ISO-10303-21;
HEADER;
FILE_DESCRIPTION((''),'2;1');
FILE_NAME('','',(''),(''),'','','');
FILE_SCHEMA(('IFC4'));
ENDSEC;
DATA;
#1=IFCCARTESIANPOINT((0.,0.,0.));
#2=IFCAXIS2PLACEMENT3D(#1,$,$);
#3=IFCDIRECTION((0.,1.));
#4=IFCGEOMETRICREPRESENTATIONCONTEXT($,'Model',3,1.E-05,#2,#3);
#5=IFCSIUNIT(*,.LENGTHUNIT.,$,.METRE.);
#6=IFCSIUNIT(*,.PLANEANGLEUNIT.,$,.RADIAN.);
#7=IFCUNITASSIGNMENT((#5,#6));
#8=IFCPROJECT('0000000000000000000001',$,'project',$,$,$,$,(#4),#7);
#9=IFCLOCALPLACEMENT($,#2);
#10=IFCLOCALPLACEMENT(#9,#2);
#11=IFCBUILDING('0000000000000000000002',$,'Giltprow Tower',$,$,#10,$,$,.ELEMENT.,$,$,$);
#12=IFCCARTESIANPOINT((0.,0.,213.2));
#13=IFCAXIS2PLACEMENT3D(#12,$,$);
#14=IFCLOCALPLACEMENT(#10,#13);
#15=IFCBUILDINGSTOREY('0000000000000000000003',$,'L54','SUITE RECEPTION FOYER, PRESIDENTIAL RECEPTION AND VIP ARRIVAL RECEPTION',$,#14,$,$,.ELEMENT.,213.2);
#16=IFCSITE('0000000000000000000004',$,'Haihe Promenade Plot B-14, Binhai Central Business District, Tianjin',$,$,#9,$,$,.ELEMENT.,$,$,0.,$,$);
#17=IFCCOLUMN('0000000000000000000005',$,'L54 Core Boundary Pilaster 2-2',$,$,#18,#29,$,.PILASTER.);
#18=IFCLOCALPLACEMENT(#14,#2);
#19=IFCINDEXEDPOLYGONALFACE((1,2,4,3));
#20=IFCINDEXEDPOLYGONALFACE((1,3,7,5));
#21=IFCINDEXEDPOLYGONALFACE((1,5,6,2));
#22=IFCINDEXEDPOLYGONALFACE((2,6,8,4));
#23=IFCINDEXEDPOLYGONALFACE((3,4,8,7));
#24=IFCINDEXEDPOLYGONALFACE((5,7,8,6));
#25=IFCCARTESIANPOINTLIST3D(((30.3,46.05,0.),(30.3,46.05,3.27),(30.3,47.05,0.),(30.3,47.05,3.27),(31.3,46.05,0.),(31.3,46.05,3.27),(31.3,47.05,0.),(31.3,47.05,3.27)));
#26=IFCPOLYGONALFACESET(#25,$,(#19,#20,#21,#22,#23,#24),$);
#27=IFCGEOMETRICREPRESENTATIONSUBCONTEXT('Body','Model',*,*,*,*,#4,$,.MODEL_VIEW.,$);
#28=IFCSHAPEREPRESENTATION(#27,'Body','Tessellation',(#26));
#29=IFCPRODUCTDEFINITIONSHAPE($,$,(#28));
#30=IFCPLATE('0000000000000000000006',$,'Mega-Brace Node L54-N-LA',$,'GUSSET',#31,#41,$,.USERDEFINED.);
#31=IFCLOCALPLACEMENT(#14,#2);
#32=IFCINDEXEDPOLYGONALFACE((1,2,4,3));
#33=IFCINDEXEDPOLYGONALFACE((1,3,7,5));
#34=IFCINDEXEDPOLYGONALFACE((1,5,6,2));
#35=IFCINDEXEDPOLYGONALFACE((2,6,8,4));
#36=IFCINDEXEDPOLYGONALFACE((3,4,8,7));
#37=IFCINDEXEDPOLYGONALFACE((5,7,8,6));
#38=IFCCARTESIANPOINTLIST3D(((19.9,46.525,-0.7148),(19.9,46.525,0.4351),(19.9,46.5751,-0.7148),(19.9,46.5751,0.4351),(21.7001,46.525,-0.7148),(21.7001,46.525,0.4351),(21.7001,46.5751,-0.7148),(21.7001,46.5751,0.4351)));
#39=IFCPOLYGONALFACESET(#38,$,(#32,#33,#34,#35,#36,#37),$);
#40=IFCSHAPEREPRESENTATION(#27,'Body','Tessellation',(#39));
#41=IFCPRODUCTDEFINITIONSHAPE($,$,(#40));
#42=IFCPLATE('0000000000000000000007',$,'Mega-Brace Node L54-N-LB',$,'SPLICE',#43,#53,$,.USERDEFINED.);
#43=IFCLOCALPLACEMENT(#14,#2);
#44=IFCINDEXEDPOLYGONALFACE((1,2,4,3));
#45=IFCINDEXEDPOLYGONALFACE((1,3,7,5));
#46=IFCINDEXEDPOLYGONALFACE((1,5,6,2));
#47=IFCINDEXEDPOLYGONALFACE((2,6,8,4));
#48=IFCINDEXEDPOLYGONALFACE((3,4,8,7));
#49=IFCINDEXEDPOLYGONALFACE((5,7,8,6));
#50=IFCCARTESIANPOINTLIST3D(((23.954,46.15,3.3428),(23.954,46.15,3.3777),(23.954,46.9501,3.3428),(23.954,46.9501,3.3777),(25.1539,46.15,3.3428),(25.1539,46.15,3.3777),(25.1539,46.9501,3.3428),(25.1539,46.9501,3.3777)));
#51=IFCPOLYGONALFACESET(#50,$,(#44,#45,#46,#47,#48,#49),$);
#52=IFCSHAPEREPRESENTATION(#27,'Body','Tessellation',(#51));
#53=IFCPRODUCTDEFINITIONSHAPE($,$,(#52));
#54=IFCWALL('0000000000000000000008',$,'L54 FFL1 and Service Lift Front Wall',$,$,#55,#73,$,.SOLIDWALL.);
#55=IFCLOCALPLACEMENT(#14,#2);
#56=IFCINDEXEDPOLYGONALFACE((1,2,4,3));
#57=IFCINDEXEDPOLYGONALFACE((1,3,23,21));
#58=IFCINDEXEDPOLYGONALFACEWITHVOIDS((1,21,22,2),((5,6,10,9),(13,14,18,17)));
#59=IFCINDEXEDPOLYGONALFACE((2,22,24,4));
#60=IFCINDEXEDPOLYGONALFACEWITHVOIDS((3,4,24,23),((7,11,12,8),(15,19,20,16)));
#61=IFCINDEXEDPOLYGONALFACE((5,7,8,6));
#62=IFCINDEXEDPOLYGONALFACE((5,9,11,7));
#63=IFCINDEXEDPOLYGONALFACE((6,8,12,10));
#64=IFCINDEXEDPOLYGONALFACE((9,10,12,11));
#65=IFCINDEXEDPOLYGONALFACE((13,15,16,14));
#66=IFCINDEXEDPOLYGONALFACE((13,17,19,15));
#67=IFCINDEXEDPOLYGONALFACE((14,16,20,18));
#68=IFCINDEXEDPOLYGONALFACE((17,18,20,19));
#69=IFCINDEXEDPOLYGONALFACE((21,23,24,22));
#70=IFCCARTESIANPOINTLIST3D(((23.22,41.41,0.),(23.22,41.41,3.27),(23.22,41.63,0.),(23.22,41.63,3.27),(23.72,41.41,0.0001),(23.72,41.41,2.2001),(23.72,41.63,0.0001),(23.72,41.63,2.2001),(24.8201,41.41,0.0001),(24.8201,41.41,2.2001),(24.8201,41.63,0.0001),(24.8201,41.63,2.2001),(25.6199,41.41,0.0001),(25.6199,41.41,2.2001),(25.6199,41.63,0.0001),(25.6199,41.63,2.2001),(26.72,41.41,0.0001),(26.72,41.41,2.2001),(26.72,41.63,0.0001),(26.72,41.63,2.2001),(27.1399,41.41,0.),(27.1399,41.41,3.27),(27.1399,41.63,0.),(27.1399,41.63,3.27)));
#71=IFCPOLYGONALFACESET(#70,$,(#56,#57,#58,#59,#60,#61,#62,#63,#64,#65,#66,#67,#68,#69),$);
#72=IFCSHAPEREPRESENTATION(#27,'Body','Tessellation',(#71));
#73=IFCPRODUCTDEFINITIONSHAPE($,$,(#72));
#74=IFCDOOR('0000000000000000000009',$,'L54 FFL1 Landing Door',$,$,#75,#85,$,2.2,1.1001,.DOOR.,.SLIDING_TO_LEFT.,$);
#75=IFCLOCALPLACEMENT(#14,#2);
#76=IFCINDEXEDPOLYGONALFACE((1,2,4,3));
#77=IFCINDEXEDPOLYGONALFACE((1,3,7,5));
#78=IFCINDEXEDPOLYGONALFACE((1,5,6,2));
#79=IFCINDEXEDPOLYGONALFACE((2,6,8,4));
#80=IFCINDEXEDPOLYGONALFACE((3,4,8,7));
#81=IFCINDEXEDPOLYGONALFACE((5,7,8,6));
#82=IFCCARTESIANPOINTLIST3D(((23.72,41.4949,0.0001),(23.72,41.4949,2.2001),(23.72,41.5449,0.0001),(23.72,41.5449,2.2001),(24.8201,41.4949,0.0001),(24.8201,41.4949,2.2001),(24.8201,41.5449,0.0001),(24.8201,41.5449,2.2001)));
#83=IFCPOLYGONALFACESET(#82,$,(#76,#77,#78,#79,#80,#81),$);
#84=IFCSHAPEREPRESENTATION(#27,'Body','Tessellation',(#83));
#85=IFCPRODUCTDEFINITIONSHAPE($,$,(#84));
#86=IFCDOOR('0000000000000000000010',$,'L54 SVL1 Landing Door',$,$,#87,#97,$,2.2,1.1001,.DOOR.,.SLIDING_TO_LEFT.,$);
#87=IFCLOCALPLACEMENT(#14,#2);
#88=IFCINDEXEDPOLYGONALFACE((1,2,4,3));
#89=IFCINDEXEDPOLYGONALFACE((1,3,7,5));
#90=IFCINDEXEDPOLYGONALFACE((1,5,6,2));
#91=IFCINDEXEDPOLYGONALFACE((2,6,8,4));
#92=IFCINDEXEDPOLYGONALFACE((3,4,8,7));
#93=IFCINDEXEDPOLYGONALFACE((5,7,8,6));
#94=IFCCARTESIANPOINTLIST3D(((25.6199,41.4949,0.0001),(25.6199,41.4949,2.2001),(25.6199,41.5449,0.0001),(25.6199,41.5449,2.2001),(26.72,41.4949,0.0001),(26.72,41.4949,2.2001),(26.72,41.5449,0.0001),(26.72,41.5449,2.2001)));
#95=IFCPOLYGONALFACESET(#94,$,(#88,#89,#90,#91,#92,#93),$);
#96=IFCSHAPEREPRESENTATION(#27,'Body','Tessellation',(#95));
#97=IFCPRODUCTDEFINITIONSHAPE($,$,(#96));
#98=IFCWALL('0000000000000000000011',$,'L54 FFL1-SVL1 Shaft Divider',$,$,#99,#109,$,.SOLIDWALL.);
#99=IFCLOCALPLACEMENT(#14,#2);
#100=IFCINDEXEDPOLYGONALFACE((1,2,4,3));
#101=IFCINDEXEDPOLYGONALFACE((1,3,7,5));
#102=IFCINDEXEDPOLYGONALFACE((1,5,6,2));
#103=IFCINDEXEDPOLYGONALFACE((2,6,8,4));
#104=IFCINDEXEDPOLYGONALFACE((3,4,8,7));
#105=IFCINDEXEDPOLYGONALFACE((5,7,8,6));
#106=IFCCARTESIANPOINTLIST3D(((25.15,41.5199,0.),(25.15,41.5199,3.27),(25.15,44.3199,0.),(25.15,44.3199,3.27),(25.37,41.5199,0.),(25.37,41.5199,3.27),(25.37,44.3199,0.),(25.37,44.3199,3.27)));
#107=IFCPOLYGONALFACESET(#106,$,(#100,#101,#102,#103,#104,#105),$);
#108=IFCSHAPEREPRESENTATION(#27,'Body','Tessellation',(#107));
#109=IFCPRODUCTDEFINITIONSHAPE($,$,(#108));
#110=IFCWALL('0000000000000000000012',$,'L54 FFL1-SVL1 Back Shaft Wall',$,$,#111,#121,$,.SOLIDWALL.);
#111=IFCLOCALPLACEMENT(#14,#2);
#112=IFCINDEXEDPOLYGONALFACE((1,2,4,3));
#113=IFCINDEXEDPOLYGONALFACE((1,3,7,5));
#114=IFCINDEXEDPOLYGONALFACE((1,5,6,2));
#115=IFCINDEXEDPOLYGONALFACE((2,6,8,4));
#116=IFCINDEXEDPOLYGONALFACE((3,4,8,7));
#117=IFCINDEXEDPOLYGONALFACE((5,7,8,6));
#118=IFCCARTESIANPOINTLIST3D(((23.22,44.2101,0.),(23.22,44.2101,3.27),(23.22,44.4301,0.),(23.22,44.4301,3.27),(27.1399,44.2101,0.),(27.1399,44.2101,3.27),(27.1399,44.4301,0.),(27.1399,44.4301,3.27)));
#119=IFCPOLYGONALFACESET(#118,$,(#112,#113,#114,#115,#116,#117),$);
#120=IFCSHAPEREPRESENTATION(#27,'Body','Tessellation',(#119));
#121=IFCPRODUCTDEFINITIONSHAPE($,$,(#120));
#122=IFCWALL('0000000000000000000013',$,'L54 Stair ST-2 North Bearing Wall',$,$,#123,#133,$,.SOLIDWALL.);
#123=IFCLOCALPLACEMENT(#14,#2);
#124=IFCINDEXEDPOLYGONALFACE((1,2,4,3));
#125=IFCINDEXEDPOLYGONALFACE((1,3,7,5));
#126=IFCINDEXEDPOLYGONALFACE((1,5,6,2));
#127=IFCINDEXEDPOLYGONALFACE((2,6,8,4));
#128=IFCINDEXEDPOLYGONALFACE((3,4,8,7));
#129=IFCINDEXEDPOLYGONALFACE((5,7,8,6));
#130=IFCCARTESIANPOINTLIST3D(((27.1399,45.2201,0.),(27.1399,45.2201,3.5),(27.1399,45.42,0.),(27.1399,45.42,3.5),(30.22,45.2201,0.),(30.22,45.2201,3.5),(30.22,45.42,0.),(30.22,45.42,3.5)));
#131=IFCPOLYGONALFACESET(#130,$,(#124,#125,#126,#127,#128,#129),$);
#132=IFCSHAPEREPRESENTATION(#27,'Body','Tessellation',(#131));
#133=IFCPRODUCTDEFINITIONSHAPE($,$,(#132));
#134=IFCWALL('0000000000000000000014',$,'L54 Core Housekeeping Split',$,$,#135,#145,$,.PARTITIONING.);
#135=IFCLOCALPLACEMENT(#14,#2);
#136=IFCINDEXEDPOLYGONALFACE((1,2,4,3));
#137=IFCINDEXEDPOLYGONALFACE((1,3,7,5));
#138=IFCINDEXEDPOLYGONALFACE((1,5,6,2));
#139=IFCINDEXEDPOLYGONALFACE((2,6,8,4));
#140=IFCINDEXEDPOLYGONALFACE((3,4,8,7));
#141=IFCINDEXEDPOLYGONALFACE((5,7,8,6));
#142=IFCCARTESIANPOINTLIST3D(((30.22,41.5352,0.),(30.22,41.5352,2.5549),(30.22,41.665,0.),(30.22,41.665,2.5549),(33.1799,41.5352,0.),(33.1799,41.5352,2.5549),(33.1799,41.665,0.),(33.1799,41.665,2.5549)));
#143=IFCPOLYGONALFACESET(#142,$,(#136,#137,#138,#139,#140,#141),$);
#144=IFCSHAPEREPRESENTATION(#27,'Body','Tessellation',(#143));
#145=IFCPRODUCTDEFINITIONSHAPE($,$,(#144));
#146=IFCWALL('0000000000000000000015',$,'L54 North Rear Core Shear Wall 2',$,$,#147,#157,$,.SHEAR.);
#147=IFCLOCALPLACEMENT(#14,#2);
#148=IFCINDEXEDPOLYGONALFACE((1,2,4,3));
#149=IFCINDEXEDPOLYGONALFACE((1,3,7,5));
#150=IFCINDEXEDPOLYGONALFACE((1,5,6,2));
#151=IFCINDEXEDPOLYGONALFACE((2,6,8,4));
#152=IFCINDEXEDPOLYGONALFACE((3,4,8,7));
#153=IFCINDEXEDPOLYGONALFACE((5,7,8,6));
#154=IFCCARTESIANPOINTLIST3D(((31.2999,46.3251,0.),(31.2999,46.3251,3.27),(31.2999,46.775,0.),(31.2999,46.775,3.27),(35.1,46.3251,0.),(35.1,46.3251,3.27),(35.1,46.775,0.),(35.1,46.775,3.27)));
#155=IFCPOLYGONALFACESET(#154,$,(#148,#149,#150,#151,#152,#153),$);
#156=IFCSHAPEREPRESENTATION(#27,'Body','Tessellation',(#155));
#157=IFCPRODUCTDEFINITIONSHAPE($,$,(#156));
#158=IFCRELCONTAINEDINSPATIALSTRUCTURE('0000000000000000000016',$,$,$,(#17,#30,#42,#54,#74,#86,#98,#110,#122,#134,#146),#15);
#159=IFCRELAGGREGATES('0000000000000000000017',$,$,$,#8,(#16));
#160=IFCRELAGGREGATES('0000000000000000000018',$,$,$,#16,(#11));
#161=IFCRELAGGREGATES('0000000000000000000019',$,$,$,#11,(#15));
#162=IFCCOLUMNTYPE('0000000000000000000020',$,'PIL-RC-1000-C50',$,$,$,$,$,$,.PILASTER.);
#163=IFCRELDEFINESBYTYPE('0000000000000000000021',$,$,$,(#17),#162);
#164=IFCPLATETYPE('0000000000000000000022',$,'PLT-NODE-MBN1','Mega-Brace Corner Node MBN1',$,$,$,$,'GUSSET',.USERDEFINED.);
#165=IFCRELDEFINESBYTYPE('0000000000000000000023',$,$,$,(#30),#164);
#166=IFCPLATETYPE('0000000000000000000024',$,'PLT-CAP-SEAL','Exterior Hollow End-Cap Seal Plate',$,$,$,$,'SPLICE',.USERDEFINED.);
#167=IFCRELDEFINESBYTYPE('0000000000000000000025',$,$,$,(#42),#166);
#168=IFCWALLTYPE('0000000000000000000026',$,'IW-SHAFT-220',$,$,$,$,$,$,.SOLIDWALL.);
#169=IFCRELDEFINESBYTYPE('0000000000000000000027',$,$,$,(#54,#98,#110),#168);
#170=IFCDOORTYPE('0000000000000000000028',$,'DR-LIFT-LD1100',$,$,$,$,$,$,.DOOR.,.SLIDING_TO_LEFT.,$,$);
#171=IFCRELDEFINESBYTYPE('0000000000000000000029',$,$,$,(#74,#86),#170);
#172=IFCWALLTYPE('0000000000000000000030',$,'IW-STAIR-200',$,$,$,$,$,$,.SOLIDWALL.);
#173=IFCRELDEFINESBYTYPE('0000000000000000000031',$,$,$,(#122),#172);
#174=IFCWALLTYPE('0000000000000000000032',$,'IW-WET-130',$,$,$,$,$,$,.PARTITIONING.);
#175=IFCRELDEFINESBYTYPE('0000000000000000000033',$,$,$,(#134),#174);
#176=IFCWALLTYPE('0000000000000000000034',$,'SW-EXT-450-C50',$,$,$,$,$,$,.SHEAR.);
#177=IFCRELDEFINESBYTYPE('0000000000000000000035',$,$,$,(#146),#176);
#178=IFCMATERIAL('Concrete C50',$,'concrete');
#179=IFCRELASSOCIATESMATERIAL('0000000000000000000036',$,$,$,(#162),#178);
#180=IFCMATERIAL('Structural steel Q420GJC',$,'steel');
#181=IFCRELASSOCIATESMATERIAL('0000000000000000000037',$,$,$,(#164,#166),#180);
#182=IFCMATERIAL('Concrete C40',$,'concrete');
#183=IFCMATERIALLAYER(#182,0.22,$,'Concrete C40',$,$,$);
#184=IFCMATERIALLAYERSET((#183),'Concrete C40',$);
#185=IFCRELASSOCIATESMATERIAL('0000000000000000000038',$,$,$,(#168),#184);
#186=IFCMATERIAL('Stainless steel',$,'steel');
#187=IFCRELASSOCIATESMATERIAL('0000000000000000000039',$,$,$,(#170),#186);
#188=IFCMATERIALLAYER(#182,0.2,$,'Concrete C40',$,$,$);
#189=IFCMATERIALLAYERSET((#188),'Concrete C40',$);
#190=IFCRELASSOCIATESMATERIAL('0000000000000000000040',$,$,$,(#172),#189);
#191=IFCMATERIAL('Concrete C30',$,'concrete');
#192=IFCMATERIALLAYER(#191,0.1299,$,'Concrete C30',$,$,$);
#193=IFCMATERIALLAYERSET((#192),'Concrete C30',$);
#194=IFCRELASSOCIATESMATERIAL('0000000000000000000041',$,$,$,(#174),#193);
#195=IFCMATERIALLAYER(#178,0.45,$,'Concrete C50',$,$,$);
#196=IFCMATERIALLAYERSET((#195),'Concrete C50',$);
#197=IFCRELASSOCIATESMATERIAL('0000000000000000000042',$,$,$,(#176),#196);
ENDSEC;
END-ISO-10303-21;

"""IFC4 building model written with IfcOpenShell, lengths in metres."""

from ifc_helpers import new_model, si_unit, direction, frame, frame_2d, origin, origin_2d, place, context, subcontext, project, spatial, rectangle, extrude, source, transform, mapped, material, layer, layer_set, material_profile, profile_set, type_object, element, fill, save


model = new_model("IFC4")

# Units and contexts
model_context = context("Model", 3, precision=1e-05, world=origin(), true_north=direction((0.0, 1.0)))
body_context = subcontext(model_context, "Body", "Model", "MODEL_VIEW")
ifc_project = project(units=[si_unit("LENGTHUNIT", "METRE"), si_unit("PLANEANGLEUNIT", "RADIAN")], contexts=[model_context])

# Site, building, storey
site_placement = place(None, origin())
site = spatial("IfcSite", under=ifc_project, at=site_placement, Name="Haihe Promenade Plot B-14, Binhai Central Business District, Tianjin", CompositionType="ELEMENT", RefElevation=0.0)
building_placement = place(site_placement, origin())
building = spatial("IfcBuilding", under=site, at=building_placement, Name="Giltprow Tower", CompositionType="ELEMENT")
storey_placement = place(building_placement, frame((0.0, 0.0, 213.2)))
storey = spatial("IfcBuildingStorey", under=building, at=storey_placement, Name="L54", Description="SUITE RECEPTION FOYER, PRESIDENTIAL RECEPTION AND VIP ARRIVAL RECEPTION", CompositionType="ELEMENT", Elevation=213.2)

# Column
ifc_material_1 = material(Name="Concrete C50", Category="concrete")
ifc_material_profile = material_profile(ifc_material_1, rectangle(XDim=1.0, YDim=1.0, at=origin_2d()), Name="RC 1000x1000")
ifc_profile_set = profile_set([ifc_material_profile], Name="Concrete C50")
column_type = type_object("IfcColumnType", Name="PIL-RC-1000-C50", PredefinedType="PILASTER", material=ifc_profile_set)
shared_shape_1 = source(origin(), body_context, "Body", "SweptSolid", [
    extrude(rectangle(XDim=1.0, YDim=1.0, at=origin_2d()), origin(), (0.0, 0.0, 1.0), 3.27),
])
column_placement = place(storey_placement, frame((30.8, 46.55, 0.0), z_axis=(0.0, 0.0, 1.0), x_axis=(1.0, 0.0, 0.0)))
element("IfcColumn", 1, at=column_placement, inside=storey, type_object=column_type, Name="L54 Core Boundary Pilaster 2-2", PredefinedType="PILASTER", context=body_context, shape_type="MappedRepresentation", body=[
    mapped(shared_shape_1, transform((0.0, 0.0, 0.0), x_axis=(1.0, 0.0, 0.0), y_axis=(0.0, 1.0, 0.0), z_axis=(0.0, 0.0, 1.0), scale=1.0)),
])

# Plates
ifc_material_2 = material(Name="Structural steel Q420GJC", Category="steel")
plate_type_1 = type_object("IfcPlateType", Name="PLT-NODE-MBN1", Description="Mega-Brace Corner Node MBN1", ElementType="GUSSET", PredefinedType="USERDEFINED", material=ifc_material_2)
shared_shape_2 = source(origin(), body_context, "Body", "SweptSolid", [
    extrude(rectangle(XDim=1.8, YDim=0.05, at=origin_2d()), origin(), (0.0, 0.0, 1.0), 1.1499),
])
plate_1_placement = place(storey_placement, frame((20.8, 46.55, -0.7148), z_axis=(0.0, 0.0, 1.0), x_axis=(1.0, 0.0, 0.0)))
element("IfcPlate", 2, at=plate_1_placement, inside=storey, type_object=plate_type_1, Name="Mega-Brace Node L54-N-LA", ObjectType="GUSSET", PredefinedType="USERDEFINED", context=body_context, shape_type="MappedRepresentation", body=[
    mapped(shared_shape_2, transform((0.0, 0.0, 0.0), x_axis=(1.0, 0.0, 0.0), y_axis=(0.0, 1.0, 0.0), z_axis=(0.0, 0.0, 1.0), scale=1.0)),
])
plate_type_2 = type_object("IfcPlateType", Name="PLT-CAP-SEAL", Description="Exterior Hollow End-Cap Seal Plate", ElementType="SPLICE", PredefinedType="USERDEFINED", material=ifc_material_2)
shared_shape_3 = source(origin(), body_context, "Body", "SweptSolid", [
    extrude(rectangle(XDim=1.2, YDim=0.8, at=origin_2d()), origin(), (0.0, 0.0, 1.0), 0.0349),
])
plate_2_placement = place(storey_placement, frame((24.554, 46.55, 3.3428), z_axis=(0.0, 0.0, 1.0), x_axis=(1.0, 0.0, 0.0)))
element("IfcPlate", 3, at=plate_2_placement, inside=storey, type_object=plate_type_2, Name="Mega-Brace Node L54-N-LB", ObjectType="SPLICE", PredefinedType="USERDEFINED", context=body_context, shape_type="MappedRepresentation", body=[
    mapped(shared_shape_3, transform((0.0, 0.0, 0.0), x_axis=(1.0, 0.0, 0.0), y_axis=(0.0, 1.0, 0.0), z_axis=(0.0, 0.0, 1.0), scale=1.0)),
])

# Wall, openings, doors
ifc_material_3 = material(Name="Concrete C40", Category="concrete")
ifc_layer_1 = layer(ifc_material_3, 0.22, Name="Concrete C40")
ifc_layer_set_1 = layer_set([ifc_layer_1], Name="Concrete C40")
wall_type_1 = type_object("IfcWallType", Name="IW-SHAFT-220", PredefinedType="SOLIDWALL", material=ifc_layer_set_1)
wall_1_placement = place(storey_placement, frame((23.22, 41.52, 0.0), z_axis=(0.0, 0.0, 1.0), x_axis=(1.0, 0.0, 0.0)))
wall_1 = element("IfcWall", 4, at=wall_1_placement, inside=storey, type_object=wall_type_1, Name="L54 FFL1 and Service Lift Front Wall", PredefinedType="SOLIDWALL", context=body_context, shape_type="SweptSolid", body=[
    extrude(rectangle(XDim=3.9199, YDim=0.22, at=frame_2d((1.96, 0.0))), origin(), (0.0, 0.0, 1.0), 3.27),
])
opening_1_placement = place(wall_1_placement, frame((0.5, 0.0, 0.0)))
opening_1 = element("IfcOpeningElement", 5, at=opening_1_placement, cuts=wall_1, PredefinedType="OPENING", context=body_context, shape_type="SweptSolid", body=[
    extrude(rectangle(XDim=1.1001, YDim=2.2, at=frame_2d((0.55, 1.1001))), frame((0.0, 0.1199, 0.0), z_axis=(0.0, -1.0, 0.0), x_axis=(1.0, 0.0, 0.0)), (0.0, 0.0, 1.0), 0.24),
])
opening_2_placement = place(wall_1_placement, frame((2.3999, 0.0, 0.0)))
opening_2 = element("IfcOpeningElement", 6, at=opening_2_placement, cuts=wall_1, PredefinedType="OPENING", context=body_context, shape_type="SweptSolid", body=[
    extrude(rectangle(XDim=1.1001, YDim=2.2, at=frame_2d((0.55, 1.1001))), frame((0.0, 0.1199, 0.0), z_axis=(0.0, -1.0, 0.0), x_axis=(1.0, 0.0, 0.0)), (0.0, 0.0, 1.0), 0.24),
])
ifc_material_4 = material(Name="Stainless steel", Category="steel")
door_type = type_object("IfcDoorType", Name="DR-LIFT-LD1100", OperationType="SLIDING_TO_LEFT", PredefinedType="DOOR", material=ifc_material_4)
shared_shape_4 = source(origin(), body_context, "Body", "SweptSolid", [
    extrude(rectangle(XDim=1.1001, YDim=2.2, at=frame_2d((0.55, 1.1001))), frame((0.0, 0.0249, 0.0), z_axis=(0.0, -1.0, 0.0), x_axis=(1.0, 0.0, 0.0)), (0.0, 0.0, 1.0), 0.05),
])
door_1_placement = place(opening_1_placement, origin())
door_1 = element("IfcDoor", 7, at=door_1_placement, inside=storey, type_object=door_type, Name="L54 FFL1 Landing Door", OperationType="SLIDING_TO_LEFT", OverallHeight=2.2, OverallWidth=1.1001, PredefinedType="DOOR", context=body_context, shape_type="MappedRepresentation", body=[
    mapped(shared_shape_4, transform((0.0, 0.0, 0.0), x_axis=(1.0, 0.0, 0.0), y_axis=(0.0, 1.0, 0.0), z_axis=(0.0, 0.0, 1.0), scale=1.0)),
])
fill(opening_1, door_1)
door_2_placement = place(opening_2_placement, origin())
door_2 = element("IfcDoor", 8, at=door_2_placement, inside=storey, type_object=door_type, Name="L54 SVL1 Landing Door", OperationType="SLIDING_TO_LEFT", OverallHeight=2.2, OverallWidth=1.1001, PredefinedType="DOOR", context=body_context, shape_type="MappedRepresentation", body=[
    mapped(shared_shape_4, transform((0.0, 0.0, 0.0), x_axis=(1.0, 0.0, 0.0), y_axis=(0.0, 1.0, 0.0), z_axis=(0.0, 0.0, 1.0), scale=1.0)),
])
fill(opening_2, door_2)

# Walls
wall_2_placement = place(storey_placement, frame((25.26, 41.52, 0.0), z_axis=(0.0, 0.0, 1.0), x_axis=(0.0, 1.0, 0.0)))
element("IfcWall", 9, at=wall_2_placement, inside=storey, type_object=wall_type_1, Name="L54 FFL1-SVL1 Shaft Divider", PredefinedType="SOLIDWALL", context=body_context, shape_type="SweptSolid", body=[
    extrude(rectangle(XDim=2.8, YDim=0.22, at=frame_2d((1.3999, 0.0))), origin(), (0.0, 0.0, 1.0), 3.27),
])
wall_3_placement = place(storey_placement, frame((23.22, 44.3201, 0.0), z_axis=(0.0, 0.0, 1.0), x_axis=(1.0, 0.0, 0.0)))
element("IfcWall", 10, at=wall_3_placement, inside=storey, type_object=wall_type_1, Name="L54 FFL1-SVL1 Back Shaft Wall", PredefinedType="SOLIDWALL", context=body_context, shape_type="SweptSolid", body=[
    extrude(rectangle(XDim=3.9199, YDim=0.22, at=frame_2d((1.96, 0.0))), origin(), (0.0, 0.0, 1.0), 3.27),
])
ifc_layer_2 = layer(ifc_material_3, 0.2, Name="Concrete C40")
ifc_layer_set_2 = layer_set([ifc_layer_2], Name="Concrete C40")
wall_type_2 = type_object("IfcWallType", Name="IW-STAIR-200", PredefinedType="SOLIDWALL", material=ifc_layer_set_2)
wall_4_placement = place(storey_placement, frame((27.1399, 45.3201, 0.0), z_axis=(0.0, 0.0, 1.0), x_axis=(1.0, 0.0, 0.0)))
element("IfcWall", 11, at=wall_4_placement, inside=storey, type_object=wall_type_2, Name="L54 Stair ST-2 North Bearing Wall", PredefinedType="SOLIDWALL", context=body_context, shape_type="SweptSolid", body=[
    extrude(rectangle(XDim=3.0801, YDim=0.2, at=frame_2d((1.54, 0.0))), origin(), (0.0, 0.0, 1.0), 3.5),
])
ifc_material_5 = material(Name="Concrete C30", Category="concrete")
ifc_layer_3 = layer(ifc_material_5, 0.1299, Name="Concrete C30")
ifc_layer_set_3 = layer_set([ifc_layer_3], Name="Concrete C30")
wall_type_3 = type_object("IfcWallType", Name="IW-WET-130", PredefinedType="PARTITIONING", material=ifc_layer_set_3)
wall_5_placement = place(storey_placement, frame((30.22, 41.6001, 0.0), z_axis=(0.0, 0.0, 1.0), x_axis=(1.0, 0.0, 0.0)))
element("IfcWall", 12, at=wall_5_placement, inside=storey, type_object=wall_type_3, Name="L54 Core Housekeeping Split", PredefinedType="PARTITIONING", context=body_context, shape_type="SweptSolid", body=[
    extrude(rectangle(XDim=2.96, YDim=0.1299, at=frame_2d((1.48, 0.0))), origin(), (0.0, 0.0, 1.0), 2.5549),
])
ifc_layer_4 = layer(ifc_material_1, 0.45, Name="Concrete C50")
ifc_layer_set_4 = layer_set([ifc_layer_4], Name="Concrete C50")
wall_type_4 = type_object("IfcWallType", Name="SW-EXT-450-C50", PredefinedType="SHEAR", material=ifc_layer_set_4)
wall_6_placement = place(storey_placement, frame((31.3, 46.55, 0.0), z_axis=(0.0, 0.0, 1.0), x_axis=(1.0, 0.0, 0.0)))
element("IfcWall", 13, at=wall_6_placement, inside=storey, type_object=wall_type_4, Name="L54 North Rear Core Shear Wall 2", PredefinedType="SHEAR", context=body_context, shape_type="SweptSolid", body=[
    extrude(rectangle(XDim=3.8, YDim=0.45, at=frame_2d((1.8999, 0.0))), origin(), (0.0, 0.0, 1.0), 3.27),
])

save(model, "model.ifc")
